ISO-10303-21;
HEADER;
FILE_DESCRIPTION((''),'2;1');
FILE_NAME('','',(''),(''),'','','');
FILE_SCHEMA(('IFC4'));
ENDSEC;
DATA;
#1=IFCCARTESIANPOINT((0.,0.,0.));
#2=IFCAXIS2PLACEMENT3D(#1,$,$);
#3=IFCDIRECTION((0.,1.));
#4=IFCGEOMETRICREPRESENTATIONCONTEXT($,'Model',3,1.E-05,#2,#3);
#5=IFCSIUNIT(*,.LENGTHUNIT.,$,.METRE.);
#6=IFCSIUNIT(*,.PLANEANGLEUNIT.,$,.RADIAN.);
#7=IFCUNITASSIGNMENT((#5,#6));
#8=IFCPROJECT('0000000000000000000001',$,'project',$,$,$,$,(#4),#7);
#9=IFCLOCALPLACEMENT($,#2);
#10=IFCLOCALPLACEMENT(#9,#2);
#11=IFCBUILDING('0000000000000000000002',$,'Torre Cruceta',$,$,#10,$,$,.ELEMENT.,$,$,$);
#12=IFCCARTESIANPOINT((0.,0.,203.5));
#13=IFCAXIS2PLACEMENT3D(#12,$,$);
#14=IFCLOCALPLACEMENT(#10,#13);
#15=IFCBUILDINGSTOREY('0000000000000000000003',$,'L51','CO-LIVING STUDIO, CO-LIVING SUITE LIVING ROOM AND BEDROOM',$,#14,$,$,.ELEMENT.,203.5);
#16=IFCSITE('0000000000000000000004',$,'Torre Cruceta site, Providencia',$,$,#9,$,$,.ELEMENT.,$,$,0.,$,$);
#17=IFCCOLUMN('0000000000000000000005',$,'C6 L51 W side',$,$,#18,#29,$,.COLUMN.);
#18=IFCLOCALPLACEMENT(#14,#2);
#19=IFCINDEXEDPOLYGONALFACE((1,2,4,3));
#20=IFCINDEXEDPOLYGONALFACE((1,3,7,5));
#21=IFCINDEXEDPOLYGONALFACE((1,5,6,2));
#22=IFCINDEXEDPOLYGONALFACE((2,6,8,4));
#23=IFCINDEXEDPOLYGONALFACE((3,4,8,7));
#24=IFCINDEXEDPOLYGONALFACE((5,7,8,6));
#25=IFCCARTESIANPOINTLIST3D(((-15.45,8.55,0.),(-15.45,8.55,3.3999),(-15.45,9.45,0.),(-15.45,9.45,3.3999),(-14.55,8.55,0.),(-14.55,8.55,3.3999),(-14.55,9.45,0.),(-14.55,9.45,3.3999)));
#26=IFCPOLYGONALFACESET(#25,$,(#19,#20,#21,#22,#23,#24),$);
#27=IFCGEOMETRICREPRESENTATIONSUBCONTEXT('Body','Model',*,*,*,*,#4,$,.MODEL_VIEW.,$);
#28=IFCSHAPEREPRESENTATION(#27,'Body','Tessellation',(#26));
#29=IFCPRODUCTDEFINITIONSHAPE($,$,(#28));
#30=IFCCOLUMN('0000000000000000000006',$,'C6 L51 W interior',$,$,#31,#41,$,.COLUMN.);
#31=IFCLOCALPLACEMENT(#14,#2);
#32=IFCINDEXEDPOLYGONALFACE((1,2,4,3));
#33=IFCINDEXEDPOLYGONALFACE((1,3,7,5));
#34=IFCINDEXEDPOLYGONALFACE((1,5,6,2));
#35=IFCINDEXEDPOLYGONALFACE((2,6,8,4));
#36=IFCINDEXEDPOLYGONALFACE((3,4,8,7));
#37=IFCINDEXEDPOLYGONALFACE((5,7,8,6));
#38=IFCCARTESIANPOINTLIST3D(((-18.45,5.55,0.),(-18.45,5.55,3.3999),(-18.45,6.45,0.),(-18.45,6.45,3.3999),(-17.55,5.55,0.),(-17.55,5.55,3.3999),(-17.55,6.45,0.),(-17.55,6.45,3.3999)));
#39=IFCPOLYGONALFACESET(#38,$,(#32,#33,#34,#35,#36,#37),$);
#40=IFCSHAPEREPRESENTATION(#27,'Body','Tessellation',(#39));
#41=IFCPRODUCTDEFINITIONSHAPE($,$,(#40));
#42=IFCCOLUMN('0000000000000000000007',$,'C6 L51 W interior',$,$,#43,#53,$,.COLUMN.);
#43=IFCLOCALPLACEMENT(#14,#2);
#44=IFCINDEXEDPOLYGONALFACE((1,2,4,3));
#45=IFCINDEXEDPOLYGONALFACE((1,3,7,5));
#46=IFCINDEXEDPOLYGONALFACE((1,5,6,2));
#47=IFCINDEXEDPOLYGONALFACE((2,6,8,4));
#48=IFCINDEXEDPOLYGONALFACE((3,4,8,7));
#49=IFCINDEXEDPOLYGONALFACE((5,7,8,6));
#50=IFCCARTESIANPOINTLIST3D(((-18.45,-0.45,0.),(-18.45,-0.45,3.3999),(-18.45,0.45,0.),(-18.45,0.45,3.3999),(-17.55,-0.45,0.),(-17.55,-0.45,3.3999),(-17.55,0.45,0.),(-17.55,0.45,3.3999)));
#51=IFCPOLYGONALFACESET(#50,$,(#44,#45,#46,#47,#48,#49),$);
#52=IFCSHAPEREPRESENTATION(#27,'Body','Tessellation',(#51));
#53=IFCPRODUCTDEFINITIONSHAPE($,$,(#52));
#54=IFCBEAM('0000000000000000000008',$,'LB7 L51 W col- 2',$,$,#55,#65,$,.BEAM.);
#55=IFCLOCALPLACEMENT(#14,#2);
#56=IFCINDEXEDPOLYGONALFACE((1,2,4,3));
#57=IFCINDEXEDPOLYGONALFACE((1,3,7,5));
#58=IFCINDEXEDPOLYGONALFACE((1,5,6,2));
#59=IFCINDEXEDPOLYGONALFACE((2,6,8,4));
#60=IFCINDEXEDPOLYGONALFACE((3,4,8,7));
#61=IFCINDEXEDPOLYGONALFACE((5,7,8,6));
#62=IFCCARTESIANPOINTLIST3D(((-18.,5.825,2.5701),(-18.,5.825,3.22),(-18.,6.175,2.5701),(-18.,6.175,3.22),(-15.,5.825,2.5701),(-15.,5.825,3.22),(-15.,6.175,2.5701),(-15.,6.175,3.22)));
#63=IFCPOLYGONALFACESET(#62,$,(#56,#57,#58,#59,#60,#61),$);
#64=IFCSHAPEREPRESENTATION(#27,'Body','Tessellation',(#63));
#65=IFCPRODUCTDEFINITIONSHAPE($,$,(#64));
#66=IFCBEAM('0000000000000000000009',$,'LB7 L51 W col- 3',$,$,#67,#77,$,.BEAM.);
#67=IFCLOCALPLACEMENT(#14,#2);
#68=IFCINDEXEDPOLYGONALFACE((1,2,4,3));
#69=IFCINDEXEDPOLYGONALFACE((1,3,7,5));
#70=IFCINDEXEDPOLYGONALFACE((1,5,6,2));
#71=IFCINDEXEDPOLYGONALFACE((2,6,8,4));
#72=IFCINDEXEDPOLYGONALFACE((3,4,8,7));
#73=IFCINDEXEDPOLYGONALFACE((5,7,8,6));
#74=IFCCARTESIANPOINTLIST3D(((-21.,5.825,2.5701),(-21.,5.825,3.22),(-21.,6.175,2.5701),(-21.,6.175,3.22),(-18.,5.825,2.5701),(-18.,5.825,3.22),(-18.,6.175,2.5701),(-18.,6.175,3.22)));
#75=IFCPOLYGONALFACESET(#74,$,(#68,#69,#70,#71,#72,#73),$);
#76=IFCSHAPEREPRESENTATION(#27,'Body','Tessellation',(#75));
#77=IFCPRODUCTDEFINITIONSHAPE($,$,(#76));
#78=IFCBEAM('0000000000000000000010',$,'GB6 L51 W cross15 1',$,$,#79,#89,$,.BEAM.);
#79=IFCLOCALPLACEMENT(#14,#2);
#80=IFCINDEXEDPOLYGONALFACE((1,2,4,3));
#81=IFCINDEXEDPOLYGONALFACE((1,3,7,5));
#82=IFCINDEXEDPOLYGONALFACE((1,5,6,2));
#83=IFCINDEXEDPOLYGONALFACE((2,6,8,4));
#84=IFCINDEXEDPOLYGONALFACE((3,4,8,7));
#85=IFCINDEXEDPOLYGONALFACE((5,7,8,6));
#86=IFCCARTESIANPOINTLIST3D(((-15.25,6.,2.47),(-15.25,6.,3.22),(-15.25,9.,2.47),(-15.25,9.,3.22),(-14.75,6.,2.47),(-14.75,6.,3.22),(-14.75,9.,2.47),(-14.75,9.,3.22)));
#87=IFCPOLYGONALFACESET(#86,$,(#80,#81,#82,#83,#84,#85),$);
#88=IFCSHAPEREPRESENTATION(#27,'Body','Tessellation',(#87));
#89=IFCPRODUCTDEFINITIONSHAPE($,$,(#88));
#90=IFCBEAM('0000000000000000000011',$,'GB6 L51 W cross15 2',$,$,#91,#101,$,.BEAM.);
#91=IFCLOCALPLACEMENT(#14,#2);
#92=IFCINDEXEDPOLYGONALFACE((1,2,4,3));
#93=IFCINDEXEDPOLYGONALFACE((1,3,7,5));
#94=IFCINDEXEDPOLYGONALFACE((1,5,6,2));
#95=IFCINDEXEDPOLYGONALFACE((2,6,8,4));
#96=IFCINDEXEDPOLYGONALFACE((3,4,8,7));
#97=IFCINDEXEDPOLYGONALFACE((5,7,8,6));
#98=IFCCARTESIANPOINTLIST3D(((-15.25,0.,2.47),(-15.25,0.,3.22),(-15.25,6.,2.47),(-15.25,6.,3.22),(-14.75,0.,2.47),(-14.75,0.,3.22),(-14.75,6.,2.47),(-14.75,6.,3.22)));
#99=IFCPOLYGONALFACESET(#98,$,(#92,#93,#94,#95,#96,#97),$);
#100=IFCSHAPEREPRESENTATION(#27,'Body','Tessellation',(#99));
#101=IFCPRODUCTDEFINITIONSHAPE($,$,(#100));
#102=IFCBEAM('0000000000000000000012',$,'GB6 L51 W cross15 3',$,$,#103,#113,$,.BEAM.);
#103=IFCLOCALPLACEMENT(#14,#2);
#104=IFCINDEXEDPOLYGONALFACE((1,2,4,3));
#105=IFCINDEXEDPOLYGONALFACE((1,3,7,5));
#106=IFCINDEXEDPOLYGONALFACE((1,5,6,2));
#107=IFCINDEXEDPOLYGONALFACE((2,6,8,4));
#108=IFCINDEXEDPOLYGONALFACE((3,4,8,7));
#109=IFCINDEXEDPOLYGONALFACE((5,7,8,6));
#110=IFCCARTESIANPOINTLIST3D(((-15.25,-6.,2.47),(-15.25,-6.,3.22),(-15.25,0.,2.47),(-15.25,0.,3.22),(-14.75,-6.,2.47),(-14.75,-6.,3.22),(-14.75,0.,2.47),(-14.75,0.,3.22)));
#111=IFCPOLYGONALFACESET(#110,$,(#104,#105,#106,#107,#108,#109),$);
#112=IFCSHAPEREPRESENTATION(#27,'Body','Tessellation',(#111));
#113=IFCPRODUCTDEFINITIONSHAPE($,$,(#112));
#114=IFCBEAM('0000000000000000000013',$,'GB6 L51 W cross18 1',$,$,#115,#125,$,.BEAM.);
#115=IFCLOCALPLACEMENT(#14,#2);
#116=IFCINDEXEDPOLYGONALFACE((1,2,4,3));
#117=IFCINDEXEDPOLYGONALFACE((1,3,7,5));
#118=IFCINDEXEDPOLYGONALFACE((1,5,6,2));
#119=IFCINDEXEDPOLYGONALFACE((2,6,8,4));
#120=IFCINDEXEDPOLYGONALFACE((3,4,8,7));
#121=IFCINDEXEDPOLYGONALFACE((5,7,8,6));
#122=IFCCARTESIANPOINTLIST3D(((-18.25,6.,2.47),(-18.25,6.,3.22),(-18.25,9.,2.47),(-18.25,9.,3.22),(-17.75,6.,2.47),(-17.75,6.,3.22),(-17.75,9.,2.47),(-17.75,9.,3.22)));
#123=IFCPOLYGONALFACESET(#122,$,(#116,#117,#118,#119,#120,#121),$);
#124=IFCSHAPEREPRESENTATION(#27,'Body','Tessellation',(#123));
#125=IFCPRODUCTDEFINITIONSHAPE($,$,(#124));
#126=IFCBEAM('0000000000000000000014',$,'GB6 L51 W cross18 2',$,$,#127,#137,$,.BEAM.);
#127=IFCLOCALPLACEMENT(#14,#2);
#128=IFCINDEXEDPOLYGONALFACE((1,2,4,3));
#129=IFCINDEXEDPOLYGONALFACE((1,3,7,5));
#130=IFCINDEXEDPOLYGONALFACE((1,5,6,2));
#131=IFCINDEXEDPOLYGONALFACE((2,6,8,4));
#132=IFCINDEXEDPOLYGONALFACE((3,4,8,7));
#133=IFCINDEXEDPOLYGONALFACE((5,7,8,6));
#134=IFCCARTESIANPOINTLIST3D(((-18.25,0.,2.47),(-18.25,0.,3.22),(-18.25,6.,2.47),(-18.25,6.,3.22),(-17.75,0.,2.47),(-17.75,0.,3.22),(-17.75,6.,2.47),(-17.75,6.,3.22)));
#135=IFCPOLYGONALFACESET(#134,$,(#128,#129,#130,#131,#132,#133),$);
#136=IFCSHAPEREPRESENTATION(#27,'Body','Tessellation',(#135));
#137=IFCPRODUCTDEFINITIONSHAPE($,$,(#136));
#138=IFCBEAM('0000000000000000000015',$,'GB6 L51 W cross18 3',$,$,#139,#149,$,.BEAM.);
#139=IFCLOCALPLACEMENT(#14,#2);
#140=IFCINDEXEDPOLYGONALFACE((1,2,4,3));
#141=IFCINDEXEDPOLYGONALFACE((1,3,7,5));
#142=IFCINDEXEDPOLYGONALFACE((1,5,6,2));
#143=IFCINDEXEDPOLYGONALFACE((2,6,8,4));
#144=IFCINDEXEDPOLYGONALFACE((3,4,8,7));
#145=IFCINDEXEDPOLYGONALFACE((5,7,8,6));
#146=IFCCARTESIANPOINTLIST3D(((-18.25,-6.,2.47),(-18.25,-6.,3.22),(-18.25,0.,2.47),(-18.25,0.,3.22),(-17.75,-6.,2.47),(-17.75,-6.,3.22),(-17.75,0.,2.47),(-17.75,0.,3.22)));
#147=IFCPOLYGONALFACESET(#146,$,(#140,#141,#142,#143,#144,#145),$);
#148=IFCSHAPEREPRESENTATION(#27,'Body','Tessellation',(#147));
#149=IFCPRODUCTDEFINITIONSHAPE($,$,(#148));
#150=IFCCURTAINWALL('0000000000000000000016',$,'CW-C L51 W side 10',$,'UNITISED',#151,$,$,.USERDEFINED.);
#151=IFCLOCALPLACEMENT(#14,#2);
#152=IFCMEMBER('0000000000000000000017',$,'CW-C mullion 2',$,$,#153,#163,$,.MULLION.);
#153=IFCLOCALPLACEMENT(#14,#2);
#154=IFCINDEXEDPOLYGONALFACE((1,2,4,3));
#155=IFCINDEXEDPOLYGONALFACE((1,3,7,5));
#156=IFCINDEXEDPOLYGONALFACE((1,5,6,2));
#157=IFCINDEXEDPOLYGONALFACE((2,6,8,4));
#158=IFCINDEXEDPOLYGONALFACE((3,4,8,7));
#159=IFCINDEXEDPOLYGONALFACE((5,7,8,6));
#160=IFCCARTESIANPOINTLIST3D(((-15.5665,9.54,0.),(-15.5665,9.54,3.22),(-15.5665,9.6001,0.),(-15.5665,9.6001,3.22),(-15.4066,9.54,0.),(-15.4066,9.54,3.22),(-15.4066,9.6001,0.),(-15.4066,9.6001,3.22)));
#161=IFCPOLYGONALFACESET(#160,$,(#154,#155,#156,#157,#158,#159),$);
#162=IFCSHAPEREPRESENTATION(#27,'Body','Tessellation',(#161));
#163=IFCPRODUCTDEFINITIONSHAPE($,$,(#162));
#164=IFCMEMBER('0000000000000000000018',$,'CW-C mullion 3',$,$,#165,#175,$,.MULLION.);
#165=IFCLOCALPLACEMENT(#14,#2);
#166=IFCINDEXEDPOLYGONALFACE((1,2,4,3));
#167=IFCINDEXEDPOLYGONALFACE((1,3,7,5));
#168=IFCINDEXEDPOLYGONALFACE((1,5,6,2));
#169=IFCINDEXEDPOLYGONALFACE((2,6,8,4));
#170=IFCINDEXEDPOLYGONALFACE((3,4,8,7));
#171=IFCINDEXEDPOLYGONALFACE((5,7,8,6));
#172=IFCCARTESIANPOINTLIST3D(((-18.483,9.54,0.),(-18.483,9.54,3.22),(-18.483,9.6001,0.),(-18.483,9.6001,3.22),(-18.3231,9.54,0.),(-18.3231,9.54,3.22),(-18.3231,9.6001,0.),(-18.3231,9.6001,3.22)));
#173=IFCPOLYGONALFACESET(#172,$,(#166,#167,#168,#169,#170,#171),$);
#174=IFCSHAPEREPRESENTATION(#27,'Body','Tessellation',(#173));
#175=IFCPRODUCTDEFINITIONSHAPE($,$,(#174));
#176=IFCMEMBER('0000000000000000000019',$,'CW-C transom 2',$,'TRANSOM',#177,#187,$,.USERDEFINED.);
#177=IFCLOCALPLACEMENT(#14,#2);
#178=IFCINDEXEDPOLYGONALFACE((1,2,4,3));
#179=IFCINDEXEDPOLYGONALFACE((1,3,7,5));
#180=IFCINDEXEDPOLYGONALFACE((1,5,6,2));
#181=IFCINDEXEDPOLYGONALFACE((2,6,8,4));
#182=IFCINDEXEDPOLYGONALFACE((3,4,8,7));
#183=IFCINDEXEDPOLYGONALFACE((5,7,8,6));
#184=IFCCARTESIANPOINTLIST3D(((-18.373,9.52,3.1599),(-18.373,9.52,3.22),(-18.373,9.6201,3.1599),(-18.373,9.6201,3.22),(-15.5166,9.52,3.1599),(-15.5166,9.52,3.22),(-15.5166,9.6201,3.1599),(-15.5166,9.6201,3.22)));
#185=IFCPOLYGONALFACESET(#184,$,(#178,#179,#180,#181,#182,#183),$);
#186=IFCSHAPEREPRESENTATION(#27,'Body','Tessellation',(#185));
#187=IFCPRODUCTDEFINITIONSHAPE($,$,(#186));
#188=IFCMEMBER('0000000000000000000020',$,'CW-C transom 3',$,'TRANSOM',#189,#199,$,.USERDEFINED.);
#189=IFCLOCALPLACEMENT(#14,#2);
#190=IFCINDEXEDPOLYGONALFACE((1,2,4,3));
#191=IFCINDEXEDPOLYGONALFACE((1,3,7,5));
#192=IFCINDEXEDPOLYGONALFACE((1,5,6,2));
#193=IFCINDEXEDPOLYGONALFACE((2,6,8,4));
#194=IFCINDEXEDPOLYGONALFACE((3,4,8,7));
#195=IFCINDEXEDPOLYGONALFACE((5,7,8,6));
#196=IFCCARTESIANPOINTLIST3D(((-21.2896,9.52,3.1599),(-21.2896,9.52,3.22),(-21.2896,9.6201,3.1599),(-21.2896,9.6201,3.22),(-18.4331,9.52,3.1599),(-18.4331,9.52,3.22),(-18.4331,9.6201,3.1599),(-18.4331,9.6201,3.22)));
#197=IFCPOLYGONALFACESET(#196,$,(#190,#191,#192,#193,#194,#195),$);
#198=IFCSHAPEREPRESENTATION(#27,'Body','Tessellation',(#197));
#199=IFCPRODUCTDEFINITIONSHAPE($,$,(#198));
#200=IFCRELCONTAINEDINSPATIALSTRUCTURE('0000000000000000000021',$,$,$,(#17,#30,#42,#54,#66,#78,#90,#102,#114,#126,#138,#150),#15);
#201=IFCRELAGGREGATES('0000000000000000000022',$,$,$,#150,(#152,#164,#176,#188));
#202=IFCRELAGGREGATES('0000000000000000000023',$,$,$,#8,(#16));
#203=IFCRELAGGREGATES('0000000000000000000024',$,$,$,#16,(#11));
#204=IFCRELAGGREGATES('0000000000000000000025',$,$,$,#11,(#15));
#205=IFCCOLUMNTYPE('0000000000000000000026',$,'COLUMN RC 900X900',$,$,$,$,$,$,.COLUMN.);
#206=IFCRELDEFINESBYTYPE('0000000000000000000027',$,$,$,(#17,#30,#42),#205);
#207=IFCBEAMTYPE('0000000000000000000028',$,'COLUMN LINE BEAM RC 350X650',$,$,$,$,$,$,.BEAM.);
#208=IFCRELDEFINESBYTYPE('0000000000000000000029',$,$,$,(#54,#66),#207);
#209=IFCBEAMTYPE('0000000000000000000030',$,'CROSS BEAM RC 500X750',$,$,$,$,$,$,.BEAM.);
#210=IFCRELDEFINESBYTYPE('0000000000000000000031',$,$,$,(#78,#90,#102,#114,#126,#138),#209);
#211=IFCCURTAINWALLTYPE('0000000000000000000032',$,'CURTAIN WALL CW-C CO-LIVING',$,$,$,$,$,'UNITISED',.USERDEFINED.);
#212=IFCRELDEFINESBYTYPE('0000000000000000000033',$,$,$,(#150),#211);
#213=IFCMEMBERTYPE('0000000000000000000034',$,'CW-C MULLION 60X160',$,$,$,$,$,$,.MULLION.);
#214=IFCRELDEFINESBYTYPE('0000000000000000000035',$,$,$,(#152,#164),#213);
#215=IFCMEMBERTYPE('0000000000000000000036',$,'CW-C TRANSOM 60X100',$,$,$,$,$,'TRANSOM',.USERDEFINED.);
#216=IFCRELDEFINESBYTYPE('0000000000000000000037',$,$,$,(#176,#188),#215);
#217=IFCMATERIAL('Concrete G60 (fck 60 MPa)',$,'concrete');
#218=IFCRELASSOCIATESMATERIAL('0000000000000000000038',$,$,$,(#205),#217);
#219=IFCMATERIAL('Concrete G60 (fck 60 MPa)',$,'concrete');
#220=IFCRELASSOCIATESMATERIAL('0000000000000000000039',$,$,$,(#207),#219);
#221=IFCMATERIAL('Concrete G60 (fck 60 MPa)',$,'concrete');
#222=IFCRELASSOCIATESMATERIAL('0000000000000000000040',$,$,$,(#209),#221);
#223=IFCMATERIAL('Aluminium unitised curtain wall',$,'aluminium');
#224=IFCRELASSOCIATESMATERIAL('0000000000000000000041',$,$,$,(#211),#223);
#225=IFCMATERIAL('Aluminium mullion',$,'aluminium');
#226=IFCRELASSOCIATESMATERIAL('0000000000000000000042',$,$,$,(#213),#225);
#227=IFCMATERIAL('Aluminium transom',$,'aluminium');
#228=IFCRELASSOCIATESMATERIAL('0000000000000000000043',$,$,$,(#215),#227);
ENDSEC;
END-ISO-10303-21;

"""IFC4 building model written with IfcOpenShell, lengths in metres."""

from ifc_helpers import new_model, si_unit, direction, frame, origin, origin_2d, place, context, subcontext, project, spatial, rectangle, extrude, material, material_profile, profile_set, type_object, element, aggregate, save


model = new_model("IFC4")

# Units and contexts
model_context = context("Model", 3, precision=1e-05, world=origin(), true_north=direction((0.0, 1.0)))
body_context = subcontext(model_context, "Body", "Model", "MODEL_VIEW")
ifc_project = project(units=[si_unit("LENGTHUNIT", "METRE"), si_unit("PLANEANGLEUNIT", "RADIAN")], contexts=[model_context])

# Site, building, storey
site_placement = place(None, origin())
site = spatial("IfcSite", under=ifc_project, at=site_placement, Name="Torre Cruceta site, Providencia", CompositionType="ELEMENT", RefElevation=0.0)
building_placement = place(site_placement, origin())
building = spatial("IfcBuilding", under=site, at=building_placement, Name="Torre Cruceta", CompositionType="ELEMENT")
storey_placement = place(building_placement, frame((0.0, 0.0, 203.5)))
storey = spatial("IfcBuildingStorey", under=building, at=storey_placement, Name="L51", Description="CO-LIVING STUDIO, CO-LIVING SUITE LIVING ROOM AND BEDROOM", CompositionType="ELEMENT", Elevation=203.5)

# Columns
ifc_material_1 = material(Name="Concrete G60 (fck 60 MPa)", Category="concrete")
ifc_material_profile_1 = material_profile(ifc_material_1, rectangle(XDim=0.8999, YDim=0.8999, at=origin_2d()), Name="RC 900X900")
ifc_profile_set_1 = profile_set([ifc_material_profile_1], Name="Concrete G60 (fck 60 MPa)")
column_type = type_object("IfcColumnType", Name="COLUMN RC 900X900", PredefinedType="COLUMN", material=ifc_profile_set_1)
for number, where, z_axis, x_axis, name in (
    (1, (-15.0, 9.0, 0.0), (0.0, 0.0, 1.0), (1.0, 0.0, 0.0), "C6 L51 W side"),
    (2, (-18.0, 6.0, 0.0), (0.0, 0.0, 1.0), (1.0, 0.0, 0.0), "C6 L51 W interior"),
    (3, (-18.0, 0.0, 0.0), (0.0, 0.0, 1.0), (1.0, 0.0, 0.0), "C6 L51 W interior"),
):
    element("IfcColumn", number, at=place(storey_placement, frame(where, z_axis=z_axis, x_axis=x_axis)), inside=storey, type_object=column_type, Name=name, PredefinedType="COLUMN", context=body_context, shape_type="SweptSolid", body=[
        extrude(rectangle(XDim=0.8999, YDim=0.8999, at=origin_2d()), origin(), (0.0, 0.0, 1.0), 3.3999),
    ])

# Beams
ifc_material_2 = material(Name="Concrete G60 (fck 60 MPa)", Category="concrete")
ifc_material_profile_2 = material_profile(ifc_material_2, rectangle(XDim=0.3501, YDim=0.6499, at=origin_2d()), Name="RC 350X650")
ifc_profile_set_2 = profile_set([ifc_material_profile_2], Name="Concrete G60 (fck 60 MPa)")
beam_type_1 = type_object("IfcBeamType", Name="COLUMN LINE BEAM RC 350X650", PredefinedType="BEAM", material=ifc_profile_set_2)
for number, where, z_axis, x_axis, name in (
    (4, (-15.0, 6.0, 2.895), (-1.0, 0.0, 0.0), (0.0, -1.0, 0.0), "LB7 L51 W col- 2"),
    (5, (-18.0, 6.0, 2.895), (-1.0, 0.0, 0.0), (0.0, -1.0, 0.0), "LB7 L51 W col- 3"),
):
    element("IfcBeam", number, at=place(storey_placement, frame(where, z_axis=z_axis, x_axis=x_axis)), inside=storey, type_object=beam_type_1, Name=name, PredefinedType="BEAM", context=body_context, shape_type="SweptSolid", body=[
        extrude(rectangle(XDim=0.3501, YDim=0.6499, at=origin_2d()), origin(), (0.0, 0.0, 1.0), 3.0),
    ])
ifc_material_3 = material(Name="Concrete G60 (fck 60 MPa)", Category="concrete")
ifc_material_profile_3 = material_profile(ifc_material_3, rectangle(XDim=0.5, YDim=0.75, at=origin_2d()), Name="RC 500X750")
ifc_profile_set_3 = profile_set([ifc_material_profile_3], Name="Concrete G60 (fck 60 MPa)")
beam_type_2 = type_object("IfcBeamType", Name="CROSS BEAM RC 500X750", PredefinedType="BEAM", material=ifc_profile_set_3)
beam_1_placement = place(storey_placement, frame((-15.0, 9.0, 2.845), z_axis=(0.0, -1.0, 0.0), x_axis=(1.0, 0.0, 0.0)))
element("IfcBeam", 6, at=beam_1_placement, inside=storey, type_object=beam_type_2, Name="GB6 L51 W cross15 1", PredefinedType="BEAM", context=body_context, shape_type="SweptSolid", body=[
    extrude(rectangle(XDim=0.5, YDim=0.75, at=origin_2d()), origin(), (0.0, 0.0, 1.0), 3.0),
])
for number, where, z_axis, x_axis, name in (
    (7, (-15.0, 6.0, 2.845), (0.0, -1.0, 0.0), (1.0, 0.0, 0.0), "GB6 L51 W cross15 2"),
    (8, (-15.0, 0.0, 2.845), (0.0, -1.0, 0.0), (1.0, 0.0, 0.0), "GB6 L51 W cross15 3"),
):
    element("IfcBeam", number, at=place(storey_placement, frame(where, z_axis=z_axis, x_axis=x_axis)), inside=storey, type_object=beam_type_2, Name=name, PredefinedType="BEAM", context=body_context, shape_type="SweptSolid", body=[
        extrude(rectangle(XDim=0.5, YDim=0.75, at=origin_2d()), origin(), (0.0, 0.0, 1.0), 6.0),
    ])
beam_2_placement = place(storey_placement, frame((-18.0, 9.0, 2.845), z_axis=(0.0, -1.0, 0.0), x_axis=(1.0, 0.0, 0.0)))
element("IfcBeam", 9, at=beam_2_placement, inside=storey, type_object=beam_type_2, Name="GB6 L51 W cross18 1", PredefinedType="BEAM", context=body_context, shape_type="SweptSolid", body=[
    extrude(rectangle(XDim=0.5, YDim=0.75, at=origin_2d()), origin(), (0.0, 0.0, 1.0), 3.0),
])
for number, where, z_axis, x_axis, name in (
    (10, (-18.0, 6.0, 2.845), (0.0, -1.0, 0.0), (1.0, 0.0, 0.0), "GB6 L51 W cross18 2"),
    (11, (-18.0, 0.0, 2.845), (0.0, -1.0, 0.0), (1.0, 0.0, 0.0), "GB6 L51 W cross18 3"),
):
    element("IfcBeam", number, at=place(storey_placement, frame(where, z_axis=z_axis, x_axis=x_axis)), inside=storey, type_object=beam_type_2, Name=name, PredefinedType="BEAM", context=body_context, shape_type="SweptSolid", body=[
        extrude(rectangle(XDim=0.5, YDim=0.75, at=origin_2d()), origin(), (0.0, 0.0, 1.0), 6.0),
    ])

# Curtain wall, members
ifc_material_4 = material(Name="Aluminium unitised curtain wall", Category="aluminium")
curtain_wall_type = type_object("IfcCurtainWallType", Name="CURTAIN WALL CW-C CO-LIVING", ElementType="UNITISED", PredefinedType="USERDEFINED", material=ifc_material_4)
curtain_wall_placement = place(storey_placement, origin())
curtain_wall = element("IfcCurtainWall", 12, at=curtain_wall_placement, inside=storey, type_object=curtain_wall_type, Name="CW-C L51 W side 10", ObjectType="UNITISED", PredefinedType="USERDEFINED")
ifc_material_5 = material(Name="Aluminium mullion", Category="aluminium")
ifc_material_profile_4 = material_profile(ifc_material_5, rectangle(XDim=0.0601, YDim=0.1599, at=origin_2d()), Name="AL 60X160")
ifc_profile_set_4 = profile_set([ifc_material_profile_4], Name="Aluminium mullion")
member_type_1 = type_object("IfcMemberType", Name="CW-C MULLION 60X160", PredefinedType="MULLION", material=ifc_profile_set_4)
member_1_placement = place(storey_placement, frame((-15.4866, 9.5701, 0.0), z_axis=(0.0, 0.0, 1.0), x_axis=(0.0, -1.0, 0.0)))
member_1 = element("IfcMember", 13, at=member_1_placement, type_object=member_type_1, Name="CW-C mullion 2", PredefinedType="MULLION", context=body_context, shape_type="SweptSolid", body=[
    extrude(rectangle(XDim=0.0601, YDim=0.1599, at=origin_2d()), origin(), (0.0, 0.0, 1.0), 3.22),
])
member_2_placement = place(storey_placement, frame((-18.4031, 9.5701, 0.0), z_axis=(0.0, 0.0, 1.0), x_axis=(0.0, -1.0, 0.0)))
member_2 = element("IfcMember", 14, at=member_2_placement, type_object=member_type_1, Name="CW-C mullion 3", PredefinedType="MULLION", context=body_context, shape_type="SweptSolid", body=[
    extrude(rectangle(XDim=0.0601, YDim=0.1599, at=origin_2d()), origin(), (0.0, 0.0, 1.0), 3.22),
])
ifc_material_6 = material(Name="Aluminium transom", Category="aluminium")
ifc_material_profile_5 = material_profile(ifc_material_6, rectangle(XDim=0.1001, YDim=0.0601, at=origin_2d()), Name="AL 100X60")
ifc_profile_set_5 = profile_set([ifc_material_profile_5], Name="Aluminium transom")
member_type_2 = type_object("IfcMemberType", Name="CW-C TRANSOM 60X100", ElementType="TRANSOM", PredefinedType="USERDEFINED", material=ifc_profile_set_5)
member_3_placement = place(storey_placement, frame((-15.5166, 9.5701, 3.1899), z_axis=(-1.0, 0.0, 0.0), x_axis=(0.0, -1.0, 0.0)))
member_3 = element("IfcMember", 15, at=member_3_placement, type_object=member_type_2, Name="CW-C transom 2", ObjectType="TRANSOM", PredefinedType="USERDEFINED", context=body_context, shape_type="SweptSolid", body=[
    extrude(rectangle(XDim=0.1001, YDim=0.0601, at=origin_2d()), origin(), (0.0, 0.0, 1.0), 2.8564),
])
member_4_placement = place(storey_placement, frame((-18.4331, 9.5701, 3.1899), z_axis=(-1.0, 0.0, 0.0), x_axis=(0.0, -1.0, 0.0)))
member_4 = element("IfcMember", 16, at=member_4_placement, type_object=member_type_2, Name="CW-C transom 3", ObjectType="TRANSOM", PredefinedType="USERDEFINED", context=body_context, shape_type="SweptSolid", body=[
    extrude(rectangle(XDim=0.1001, YDim=0.0601, at=origin_2d()), origin(), (0.0, 0.0, 1.0), 2.8564),
])

aggregate(curtain_wall, [member_1, member_2, member_3, member_4])

save(model, "model.ifc")
